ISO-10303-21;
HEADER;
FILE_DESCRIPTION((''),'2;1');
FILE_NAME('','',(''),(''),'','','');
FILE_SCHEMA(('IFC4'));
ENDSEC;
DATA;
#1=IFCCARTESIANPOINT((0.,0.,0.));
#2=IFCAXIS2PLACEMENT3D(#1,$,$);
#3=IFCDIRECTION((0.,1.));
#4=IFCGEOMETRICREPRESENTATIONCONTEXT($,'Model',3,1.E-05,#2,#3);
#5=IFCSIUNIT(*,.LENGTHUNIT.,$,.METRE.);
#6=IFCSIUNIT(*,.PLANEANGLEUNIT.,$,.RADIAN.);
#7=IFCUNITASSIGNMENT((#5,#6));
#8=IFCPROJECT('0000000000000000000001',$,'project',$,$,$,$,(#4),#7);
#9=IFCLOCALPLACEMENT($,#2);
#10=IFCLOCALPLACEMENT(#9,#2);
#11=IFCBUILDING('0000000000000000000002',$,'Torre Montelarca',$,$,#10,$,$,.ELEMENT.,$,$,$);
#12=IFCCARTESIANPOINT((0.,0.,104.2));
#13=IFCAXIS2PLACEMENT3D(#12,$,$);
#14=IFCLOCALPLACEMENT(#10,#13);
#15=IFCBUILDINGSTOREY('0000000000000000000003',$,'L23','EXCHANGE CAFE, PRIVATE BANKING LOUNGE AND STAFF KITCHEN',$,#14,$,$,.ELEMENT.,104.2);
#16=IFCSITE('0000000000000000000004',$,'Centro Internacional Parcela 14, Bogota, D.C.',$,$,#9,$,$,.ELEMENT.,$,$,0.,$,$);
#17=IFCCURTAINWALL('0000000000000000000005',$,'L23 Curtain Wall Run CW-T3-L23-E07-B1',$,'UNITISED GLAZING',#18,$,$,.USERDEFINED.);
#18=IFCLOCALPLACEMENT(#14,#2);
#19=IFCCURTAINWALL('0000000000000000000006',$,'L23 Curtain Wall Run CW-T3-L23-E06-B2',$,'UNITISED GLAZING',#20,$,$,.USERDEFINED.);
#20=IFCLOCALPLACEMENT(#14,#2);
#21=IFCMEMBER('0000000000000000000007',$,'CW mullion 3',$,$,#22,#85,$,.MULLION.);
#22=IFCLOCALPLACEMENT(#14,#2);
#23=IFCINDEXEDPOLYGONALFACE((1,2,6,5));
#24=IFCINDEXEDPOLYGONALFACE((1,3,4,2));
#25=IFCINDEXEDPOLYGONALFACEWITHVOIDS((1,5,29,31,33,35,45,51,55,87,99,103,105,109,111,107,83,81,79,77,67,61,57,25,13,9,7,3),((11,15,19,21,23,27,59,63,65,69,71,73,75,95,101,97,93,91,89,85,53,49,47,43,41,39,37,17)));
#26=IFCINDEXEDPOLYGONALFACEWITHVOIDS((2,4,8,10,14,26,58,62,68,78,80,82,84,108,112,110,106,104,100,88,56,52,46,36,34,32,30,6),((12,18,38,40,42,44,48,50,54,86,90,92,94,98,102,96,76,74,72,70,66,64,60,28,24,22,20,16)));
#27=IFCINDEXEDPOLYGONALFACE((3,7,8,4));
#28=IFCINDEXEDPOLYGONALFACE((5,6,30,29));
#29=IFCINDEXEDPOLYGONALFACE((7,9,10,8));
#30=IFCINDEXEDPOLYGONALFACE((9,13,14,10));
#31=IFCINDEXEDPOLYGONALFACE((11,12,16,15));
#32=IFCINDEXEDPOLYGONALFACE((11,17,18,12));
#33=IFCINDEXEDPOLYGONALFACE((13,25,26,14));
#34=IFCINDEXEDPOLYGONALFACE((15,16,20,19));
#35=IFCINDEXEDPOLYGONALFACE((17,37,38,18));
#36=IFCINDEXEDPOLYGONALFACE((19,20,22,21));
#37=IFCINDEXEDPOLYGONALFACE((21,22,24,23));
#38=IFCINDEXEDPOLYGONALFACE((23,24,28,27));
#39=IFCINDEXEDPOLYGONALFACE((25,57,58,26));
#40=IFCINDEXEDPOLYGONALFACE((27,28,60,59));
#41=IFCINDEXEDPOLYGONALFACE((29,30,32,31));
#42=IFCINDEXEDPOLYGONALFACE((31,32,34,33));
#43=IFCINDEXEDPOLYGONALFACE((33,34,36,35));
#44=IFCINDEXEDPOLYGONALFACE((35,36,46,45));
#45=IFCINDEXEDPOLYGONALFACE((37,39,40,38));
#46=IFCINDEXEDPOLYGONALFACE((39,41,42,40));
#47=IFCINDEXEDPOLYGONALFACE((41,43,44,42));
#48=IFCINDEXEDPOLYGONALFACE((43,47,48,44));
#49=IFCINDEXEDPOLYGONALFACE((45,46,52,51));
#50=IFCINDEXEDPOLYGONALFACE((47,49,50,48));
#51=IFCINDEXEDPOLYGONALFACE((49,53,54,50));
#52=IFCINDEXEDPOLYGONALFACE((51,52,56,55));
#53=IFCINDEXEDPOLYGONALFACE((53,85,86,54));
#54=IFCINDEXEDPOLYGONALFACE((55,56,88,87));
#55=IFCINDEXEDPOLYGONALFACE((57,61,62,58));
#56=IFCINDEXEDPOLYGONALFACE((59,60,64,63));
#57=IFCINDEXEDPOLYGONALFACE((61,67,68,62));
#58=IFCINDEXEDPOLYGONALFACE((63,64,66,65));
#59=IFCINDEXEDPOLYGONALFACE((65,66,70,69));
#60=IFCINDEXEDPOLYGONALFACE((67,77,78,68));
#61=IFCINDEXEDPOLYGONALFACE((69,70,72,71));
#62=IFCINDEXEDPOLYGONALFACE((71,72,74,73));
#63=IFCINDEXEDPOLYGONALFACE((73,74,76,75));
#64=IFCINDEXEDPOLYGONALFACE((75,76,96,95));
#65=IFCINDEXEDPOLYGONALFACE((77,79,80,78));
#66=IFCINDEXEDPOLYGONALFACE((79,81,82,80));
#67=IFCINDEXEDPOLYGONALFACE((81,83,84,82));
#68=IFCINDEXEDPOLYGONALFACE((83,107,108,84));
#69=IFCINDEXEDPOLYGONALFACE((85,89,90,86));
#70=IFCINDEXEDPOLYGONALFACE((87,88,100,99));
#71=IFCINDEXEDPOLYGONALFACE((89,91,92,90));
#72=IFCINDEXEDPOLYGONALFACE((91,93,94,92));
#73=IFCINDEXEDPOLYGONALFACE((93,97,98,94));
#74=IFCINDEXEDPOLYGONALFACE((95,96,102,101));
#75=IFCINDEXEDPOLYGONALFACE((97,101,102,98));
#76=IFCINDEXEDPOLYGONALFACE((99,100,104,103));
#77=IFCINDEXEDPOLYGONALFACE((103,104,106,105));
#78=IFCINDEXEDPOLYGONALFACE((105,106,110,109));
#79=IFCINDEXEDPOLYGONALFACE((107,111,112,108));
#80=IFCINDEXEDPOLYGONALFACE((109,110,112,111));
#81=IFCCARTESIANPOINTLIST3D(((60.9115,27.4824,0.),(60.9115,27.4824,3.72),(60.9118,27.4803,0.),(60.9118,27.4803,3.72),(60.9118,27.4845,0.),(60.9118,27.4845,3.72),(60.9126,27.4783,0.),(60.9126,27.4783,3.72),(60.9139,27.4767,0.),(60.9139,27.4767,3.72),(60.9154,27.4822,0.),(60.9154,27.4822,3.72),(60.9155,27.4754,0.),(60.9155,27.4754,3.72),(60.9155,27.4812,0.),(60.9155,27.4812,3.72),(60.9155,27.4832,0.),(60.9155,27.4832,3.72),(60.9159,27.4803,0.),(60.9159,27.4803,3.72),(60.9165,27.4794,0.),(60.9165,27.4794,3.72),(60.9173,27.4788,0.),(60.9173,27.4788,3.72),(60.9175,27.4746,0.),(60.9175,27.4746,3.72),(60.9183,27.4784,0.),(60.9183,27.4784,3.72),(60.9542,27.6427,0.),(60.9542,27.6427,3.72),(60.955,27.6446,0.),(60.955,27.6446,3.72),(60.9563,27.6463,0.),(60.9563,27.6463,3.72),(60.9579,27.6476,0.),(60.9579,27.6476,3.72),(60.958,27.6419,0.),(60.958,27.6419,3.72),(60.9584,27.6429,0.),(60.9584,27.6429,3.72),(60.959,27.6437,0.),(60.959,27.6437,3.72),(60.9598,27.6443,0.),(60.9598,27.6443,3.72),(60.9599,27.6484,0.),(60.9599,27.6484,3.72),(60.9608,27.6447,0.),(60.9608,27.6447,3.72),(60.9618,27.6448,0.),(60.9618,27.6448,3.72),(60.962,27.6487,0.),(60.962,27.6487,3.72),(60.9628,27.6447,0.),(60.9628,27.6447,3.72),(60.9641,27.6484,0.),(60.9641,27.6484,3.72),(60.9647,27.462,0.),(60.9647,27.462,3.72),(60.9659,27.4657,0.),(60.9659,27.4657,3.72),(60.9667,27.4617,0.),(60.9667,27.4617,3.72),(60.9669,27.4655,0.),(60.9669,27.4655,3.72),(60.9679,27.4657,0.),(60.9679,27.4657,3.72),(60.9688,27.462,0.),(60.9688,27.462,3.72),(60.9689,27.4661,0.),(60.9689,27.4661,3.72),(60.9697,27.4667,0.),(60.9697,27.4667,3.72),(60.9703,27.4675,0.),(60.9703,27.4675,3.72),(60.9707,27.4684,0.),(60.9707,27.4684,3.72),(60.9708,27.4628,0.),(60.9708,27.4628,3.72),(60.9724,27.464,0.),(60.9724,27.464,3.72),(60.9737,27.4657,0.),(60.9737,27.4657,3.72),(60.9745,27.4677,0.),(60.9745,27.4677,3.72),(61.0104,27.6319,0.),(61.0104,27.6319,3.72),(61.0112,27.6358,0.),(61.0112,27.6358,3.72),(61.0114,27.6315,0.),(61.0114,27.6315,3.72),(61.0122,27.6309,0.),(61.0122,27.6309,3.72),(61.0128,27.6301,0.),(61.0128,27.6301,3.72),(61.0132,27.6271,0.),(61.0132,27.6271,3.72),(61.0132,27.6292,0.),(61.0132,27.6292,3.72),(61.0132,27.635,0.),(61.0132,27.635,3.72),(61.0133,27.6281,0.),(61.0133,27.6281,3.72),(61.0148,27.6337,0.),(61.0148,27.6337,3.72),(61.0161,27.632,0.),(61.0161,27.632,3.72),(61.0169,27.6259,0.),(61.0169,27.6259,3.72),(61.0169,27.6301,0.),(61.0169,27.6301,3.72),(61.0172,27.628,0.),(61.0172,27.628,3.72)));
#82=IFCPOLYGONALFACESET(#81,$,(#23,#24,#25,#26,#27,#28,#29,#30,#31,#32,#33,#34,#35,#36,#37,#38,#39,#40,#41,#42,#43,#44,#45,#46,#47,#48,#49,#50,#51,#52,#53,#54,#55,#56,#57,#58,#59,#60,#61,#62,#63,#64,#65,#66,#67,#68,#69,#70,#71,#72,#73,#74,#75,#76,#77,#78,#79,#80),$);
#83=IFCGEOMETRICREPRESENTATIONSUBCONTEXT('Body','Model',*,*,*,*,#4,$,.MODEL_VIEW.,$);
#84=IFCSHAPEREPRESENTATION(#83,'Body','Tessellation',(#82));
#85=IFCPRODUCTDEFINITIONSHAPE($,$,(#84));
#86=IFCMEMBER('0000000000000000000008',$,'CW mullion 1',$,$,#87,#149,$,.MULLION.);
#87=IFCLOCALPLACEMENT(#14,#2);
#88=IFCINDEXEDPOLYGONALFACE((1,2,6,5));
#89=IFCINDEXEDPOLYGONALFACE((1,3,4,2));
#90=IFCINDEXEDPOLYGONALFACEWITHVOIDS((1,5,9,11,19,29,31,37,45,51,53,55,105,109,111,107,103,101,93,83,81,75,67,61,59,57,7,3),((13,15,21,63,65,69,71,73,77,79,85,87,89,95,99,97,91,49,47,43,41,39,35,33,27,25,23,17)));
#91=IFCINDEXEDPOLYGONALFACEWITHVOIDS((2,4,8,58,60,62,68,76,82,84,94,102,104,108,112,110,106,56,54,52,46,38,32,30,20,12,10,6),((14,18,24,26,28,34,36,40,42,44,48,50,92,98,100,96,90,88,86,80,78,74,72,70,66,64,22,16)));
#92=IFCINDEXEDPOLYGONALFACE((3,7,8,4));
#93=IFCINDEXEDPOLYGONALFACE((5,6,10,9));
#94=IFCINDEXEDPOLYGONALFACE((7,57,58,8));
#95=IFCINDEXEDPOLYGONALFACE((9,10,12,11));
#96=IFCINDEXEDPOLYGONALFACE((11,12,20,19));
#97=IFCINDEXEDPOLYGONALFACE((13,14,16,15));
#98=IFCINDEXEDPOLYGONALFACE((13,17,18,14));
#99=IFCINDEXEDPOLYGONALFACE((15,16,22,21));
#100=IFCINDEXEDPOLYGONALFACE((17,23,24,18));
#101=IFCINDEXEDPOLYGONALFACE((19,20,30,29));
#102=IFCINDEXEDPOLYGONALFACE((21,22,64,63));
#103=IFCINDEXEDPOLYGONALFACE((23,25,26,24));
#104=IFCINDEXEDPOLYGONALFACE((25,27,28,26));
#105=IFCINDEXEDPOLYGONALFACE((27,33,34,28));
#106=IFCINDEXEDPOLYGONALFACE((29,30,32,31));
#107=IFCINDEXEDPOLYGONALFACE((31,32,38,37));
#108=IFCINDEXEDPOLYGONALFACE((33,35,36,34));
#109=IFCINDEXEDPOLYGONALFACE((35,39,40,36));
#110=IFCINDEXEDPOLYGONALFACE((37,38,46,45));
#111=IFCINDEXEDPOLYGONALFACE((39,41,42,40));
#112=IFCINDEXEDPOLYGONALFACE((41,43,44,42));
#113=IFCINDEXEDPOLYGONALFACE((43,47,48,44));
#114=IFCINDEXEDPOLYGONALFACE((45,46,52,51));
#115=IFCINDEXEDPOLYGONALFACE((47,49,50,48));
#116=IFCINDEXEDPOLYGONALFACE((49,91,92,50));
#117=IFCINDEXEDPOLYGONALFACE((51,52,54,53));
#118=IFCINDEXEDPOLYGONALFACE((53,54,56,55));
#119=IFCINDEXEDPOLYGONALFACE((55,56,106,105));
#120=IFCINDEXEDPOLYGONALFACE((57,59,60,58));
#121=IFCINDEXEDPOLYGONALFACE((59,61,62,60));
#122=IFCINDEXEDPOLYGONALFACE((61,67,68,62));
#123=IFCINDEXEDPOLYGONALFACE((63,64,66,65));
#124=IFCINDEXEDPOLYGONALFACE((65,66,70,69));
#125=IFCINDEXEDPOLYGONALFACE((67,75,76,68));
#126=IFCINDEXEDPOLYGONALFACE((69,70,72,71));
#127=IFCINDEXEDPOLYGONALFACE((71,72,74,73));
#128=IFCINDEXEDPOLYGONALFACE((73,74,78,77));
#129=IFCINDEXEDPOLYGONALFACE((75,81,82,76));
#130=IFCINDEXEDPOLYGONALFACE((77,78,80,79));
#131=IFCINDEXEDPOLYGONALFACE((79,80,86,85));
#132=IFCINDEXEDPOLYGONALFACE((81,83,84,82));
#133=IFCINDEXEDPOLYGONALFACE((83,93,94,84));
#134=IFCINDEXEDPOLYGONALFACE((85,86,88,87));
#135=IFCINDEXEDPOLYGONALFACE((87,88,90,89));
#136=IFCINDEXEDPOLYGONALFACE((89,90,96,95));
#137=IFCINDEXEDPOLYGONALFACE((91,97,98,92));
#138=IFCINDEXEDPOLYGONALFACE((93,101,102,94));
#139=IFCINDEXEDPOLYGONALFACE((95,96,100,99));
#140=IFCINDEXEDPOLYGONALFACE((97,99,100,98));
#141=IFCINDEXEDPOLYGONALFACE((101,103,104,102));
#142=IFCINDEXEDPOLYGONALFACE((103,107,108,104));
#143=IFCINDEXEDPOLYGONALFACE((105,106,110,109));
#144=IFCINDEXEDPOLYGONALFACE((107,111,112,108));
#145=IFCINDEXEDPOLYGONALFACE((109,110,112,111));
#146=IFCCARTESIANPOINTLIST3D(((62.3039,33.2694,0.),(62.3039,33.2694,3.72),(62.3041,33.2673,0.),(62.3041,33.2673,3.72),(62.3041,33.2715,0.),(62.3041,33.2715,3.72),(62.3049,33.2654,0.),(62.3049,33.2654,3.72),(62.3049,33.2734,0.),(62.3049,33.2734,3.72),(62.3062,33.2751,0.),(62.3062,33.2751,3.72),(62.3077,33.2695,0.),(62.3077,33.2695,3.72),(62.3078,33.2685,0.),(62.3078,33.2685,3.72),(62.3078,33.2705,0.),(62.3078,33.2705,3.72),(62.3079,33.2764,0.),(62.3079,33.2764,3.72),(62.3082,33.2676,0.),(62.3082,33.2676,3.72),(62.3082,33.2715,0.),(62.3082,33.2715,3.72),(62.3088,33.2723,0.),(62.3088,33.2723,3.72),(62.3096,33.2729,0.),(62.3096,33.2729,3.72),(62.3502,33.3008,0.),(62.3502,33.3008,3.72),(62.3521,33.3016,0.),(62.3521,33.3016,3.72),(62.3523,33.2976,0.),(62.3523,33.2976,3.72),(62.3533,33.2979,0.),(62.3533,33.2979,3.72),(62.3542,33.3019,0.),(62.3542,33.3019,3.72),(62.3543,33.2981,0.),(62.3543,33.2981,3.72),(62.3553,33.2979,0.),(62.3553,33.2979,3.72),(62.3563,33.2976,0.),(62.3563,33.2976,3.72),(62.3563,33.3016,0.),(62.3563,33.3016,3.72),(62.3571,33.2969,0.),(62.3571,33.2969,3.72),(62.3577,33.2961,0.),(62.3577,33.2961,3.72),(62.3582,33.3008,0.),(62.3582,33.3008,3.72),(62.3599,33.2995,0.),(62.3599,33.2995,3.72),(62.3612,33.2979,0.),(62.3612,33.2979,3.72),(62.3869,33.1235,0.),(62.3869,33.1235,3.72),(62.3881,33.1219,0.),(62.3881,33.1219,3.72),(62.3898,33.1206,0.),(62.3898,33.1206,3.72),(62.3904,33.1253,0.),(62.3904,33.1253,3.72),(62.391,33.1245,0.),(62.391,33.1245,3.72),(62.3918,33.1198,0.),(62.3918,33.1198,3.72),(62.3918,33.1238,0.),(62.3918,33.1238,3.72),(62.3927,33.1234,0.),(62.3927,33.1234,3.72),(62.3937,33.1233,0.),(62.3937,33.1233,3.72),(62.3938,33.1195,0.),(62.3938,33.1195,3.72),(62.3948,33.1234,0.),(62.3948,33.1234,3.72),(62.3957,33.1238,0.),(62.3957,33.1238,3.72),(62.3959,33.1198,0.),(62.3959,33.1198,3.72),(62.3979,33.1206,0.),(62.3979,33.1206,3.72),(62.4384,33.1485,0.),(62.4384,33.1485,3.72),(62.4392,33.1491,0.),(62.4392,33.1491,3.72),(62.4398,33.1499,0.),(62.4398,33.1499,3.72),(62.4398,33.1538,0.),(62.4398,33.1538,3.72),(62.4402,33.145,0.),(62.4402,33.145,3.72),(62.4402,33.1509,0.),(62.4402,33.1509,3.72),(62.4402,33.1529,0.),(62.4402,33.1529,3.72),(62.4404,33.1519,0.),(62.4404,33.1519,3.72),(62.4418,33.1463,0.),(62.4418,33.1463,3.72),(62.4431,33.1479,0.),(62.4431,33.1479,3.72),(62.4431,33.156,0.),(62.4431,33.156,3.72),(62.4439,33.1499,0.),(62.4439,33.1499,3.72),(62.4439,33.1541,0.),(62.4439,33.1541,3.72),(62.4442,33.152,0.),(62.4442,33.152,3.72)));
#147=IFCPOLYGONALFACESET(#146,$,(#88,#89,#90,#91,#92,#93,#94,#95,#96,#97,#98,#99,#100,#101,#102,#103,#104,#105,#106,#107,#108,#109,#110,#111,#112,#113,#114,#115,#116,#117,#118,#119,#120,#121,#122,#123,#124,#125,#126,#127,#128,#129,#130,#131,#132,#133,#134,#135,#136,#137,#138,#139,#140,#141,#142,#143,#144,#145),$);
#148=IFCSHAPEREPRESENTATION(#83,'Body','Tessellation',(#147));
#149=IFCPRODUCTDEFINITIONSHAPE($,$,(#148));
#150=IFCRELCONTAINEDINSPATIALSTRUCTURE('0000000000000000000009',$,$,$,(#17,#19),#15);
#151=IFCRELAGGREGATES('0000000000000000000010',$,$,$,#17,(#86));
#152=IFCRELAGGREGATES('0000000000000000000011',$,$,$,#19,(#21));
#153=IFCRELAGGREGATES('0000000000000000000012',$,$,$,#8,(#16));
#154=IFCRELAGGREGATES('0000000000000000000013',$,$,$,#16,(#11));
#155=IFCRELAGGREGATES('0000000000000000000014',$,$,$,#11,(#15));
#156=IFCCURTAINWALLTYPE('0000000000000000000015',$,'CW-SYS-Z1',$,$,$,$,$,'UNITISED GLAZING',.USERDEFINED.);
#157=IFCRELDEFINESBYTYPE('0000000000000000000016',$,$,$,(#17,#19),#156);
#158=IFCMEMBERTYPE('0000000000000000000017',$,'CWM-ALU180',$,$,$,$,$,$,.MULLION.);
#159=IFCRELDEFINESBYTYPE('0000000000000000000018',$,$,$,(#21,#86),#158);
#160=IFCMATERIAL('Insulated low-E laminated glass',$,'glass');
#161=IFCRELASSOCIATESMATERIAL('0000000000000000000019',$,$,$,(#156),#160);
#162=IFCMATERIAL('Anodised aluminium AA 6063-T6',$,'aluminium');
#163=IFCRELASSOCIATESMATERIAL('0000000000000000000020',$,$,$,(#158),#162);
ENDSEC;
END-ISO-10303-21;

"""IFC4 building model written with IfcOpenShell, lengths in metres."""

from ifc_helpers import new_model, si_unit, direction, frame, origin, origin_2d, place, context, subcontext, project, spatial, hollow_rectangle, extrude, source, transform, mapped, material, material_profile, profile_set, type_object, element, aggregate, save


model = new_model("IFC4")

# Units and contexts
model_context = context("Model", 3, precision=1e-05, world=origin(), true_north=direction((0.0, 1.0)))
body_context = subcontext(model_context, "Body", "Model", "MODEL_VIEW")
ifc_project = project(units=[si_unit("LENGTHUNIT", "METRE"), si_unit("PLANEANGLEUNIT", "RADIAN")], contexts=[model_context])

# Site, building, storey
site_placement = place(None, origin())
site = spatial("IfcSite", under=ifc_project, at=site_placement, Name="Centro Internacional Parcela 14, Bogota, D.C.", CompositionType="ELEMENT", RefElevation=0.0)
building_placement = place(site_placement, origin())
building = spatial("IfcBuilding", under=site, at=building_placement, Name="Torre Montelarca", CompositionType="ELEMENT")
storey_placement = place(building_placement, frame((0.0, 0.0, 104.2)))
storey = spatial("IfcBuildingStorey", under=building, at=storey_placement, Name="L23", Description="EXCHANGE CAFE, PRIVATE BANKING LOUNGE AND STAFF KITCHEN", CompositionType="ELEMENT", Elevation=104.2)

# Curtain walls
ifc_material_1 = material(Name="Insulated low-E laminated glass", Category="glass")
curtain_wall_type = type_object("IfcCurtainWallType", Name="CW-SYS-Z1", ElementType="UNITISED GLAZING", PredefinedType="USERDEFINED", material=ifc_material_1)
curtain_wall_1_placement = place(storey_placement, origin())
curtain_wall_1 = element("IfcCurtainWall", 1, at=curtain_wall_1_placement, inside=storey, type_object=curtain_wall_type, Name="L23 Curtain Wall Run CW-T3-L23-E07-B1", ObjectType="UNITISED GLAZING", PredefinedType="USERDEFINED")
ifc_material_2 = material(Name="Anodised aluminium AA 6063-T6", Category="aluminium")
curtain_wall_2_placement = place(storey_placement, origin())
curtain_wall_2 = element("IfcCurtainWall", 2, at=curtain_wall_2_placement, inside=storey, type_object=curtain_wall_type, Name="L23 Curtain Wall Run CW-T3-L23-E06-B2", ObjectType="UNITISED GLAZING", PredefinedType="USERDEFINED")

# Members
ifc_material_profile_1 = material_profile(ifc_material_2, hollow_rectangle(XDim=0.0649, YDim=0.1799, WallThickness=0.0039, InnerFilletRadius=0.0039, OuterFilletRadius=0.0081, at=origin_2d()), Name="ALU65X180X4", Category="aluminium")
ifc_profile_set_1 = profile_set([ifc_material_profile_1], Name="Anodised aluminium AA 6063-T6")
member_type_1 = type_object("IfcMemberType", Name="CWM-ALU180", PredefinedType="MULLION", material=ifc_profile_set_1)
shared_shape_1 = source(origin(), body_context, "Body", "SweptSolid", [
    extrude(hollow_rectangle(XDim=0.0649, YDim=0.1799, WallThickness=0.0039, InnerFilletRadius=0.0039, OuterFilletRadius=0.0081, at=origin_2d()), origin(), (0.0, 0.0, 1.0), 3.72),
])
member_1_placement = place(storey_placement, frame((60.9644, 27.5552, 0.0), z_axis=(0.0, 0.0, 1.0), x_axis=(-0.965923, 0.258829, 0.0)))
member_1 = element("IfcMember", 3, at=member_1_placement, type_object=member_type_1, Name="CW mullion 3", PredefinedType="MULLION", context=body_context, shape_type="MappedRepresentation", body=[
    mapped(shared_shape_1, transform((0.0, 0.0, 0.0), scale=1.0)),
])
member_2_placement = place(storey_placement, frame((62.374, 33.2107, 0.0), z_axis=(0.0, 0.0, 1.0), x_axis=(-0.866021, -0.500008, 0.0)))
member_2 = element("IfcMember", 4, at=member_2_placement, type_object=member_type_1, Name="CW mullion 1", PredefinedType="MULLION", context=body_context, shape_type="MappedRepresentation", body=[
    mapped(shared_shape_1, transform((0.0, 0.0, 0.0), scale=1.0)),
])

aggregate(curtain_wall_1, [member_2])
aggregate(curtain_wall_2, [member_1])

save(model, "model.ifc")
